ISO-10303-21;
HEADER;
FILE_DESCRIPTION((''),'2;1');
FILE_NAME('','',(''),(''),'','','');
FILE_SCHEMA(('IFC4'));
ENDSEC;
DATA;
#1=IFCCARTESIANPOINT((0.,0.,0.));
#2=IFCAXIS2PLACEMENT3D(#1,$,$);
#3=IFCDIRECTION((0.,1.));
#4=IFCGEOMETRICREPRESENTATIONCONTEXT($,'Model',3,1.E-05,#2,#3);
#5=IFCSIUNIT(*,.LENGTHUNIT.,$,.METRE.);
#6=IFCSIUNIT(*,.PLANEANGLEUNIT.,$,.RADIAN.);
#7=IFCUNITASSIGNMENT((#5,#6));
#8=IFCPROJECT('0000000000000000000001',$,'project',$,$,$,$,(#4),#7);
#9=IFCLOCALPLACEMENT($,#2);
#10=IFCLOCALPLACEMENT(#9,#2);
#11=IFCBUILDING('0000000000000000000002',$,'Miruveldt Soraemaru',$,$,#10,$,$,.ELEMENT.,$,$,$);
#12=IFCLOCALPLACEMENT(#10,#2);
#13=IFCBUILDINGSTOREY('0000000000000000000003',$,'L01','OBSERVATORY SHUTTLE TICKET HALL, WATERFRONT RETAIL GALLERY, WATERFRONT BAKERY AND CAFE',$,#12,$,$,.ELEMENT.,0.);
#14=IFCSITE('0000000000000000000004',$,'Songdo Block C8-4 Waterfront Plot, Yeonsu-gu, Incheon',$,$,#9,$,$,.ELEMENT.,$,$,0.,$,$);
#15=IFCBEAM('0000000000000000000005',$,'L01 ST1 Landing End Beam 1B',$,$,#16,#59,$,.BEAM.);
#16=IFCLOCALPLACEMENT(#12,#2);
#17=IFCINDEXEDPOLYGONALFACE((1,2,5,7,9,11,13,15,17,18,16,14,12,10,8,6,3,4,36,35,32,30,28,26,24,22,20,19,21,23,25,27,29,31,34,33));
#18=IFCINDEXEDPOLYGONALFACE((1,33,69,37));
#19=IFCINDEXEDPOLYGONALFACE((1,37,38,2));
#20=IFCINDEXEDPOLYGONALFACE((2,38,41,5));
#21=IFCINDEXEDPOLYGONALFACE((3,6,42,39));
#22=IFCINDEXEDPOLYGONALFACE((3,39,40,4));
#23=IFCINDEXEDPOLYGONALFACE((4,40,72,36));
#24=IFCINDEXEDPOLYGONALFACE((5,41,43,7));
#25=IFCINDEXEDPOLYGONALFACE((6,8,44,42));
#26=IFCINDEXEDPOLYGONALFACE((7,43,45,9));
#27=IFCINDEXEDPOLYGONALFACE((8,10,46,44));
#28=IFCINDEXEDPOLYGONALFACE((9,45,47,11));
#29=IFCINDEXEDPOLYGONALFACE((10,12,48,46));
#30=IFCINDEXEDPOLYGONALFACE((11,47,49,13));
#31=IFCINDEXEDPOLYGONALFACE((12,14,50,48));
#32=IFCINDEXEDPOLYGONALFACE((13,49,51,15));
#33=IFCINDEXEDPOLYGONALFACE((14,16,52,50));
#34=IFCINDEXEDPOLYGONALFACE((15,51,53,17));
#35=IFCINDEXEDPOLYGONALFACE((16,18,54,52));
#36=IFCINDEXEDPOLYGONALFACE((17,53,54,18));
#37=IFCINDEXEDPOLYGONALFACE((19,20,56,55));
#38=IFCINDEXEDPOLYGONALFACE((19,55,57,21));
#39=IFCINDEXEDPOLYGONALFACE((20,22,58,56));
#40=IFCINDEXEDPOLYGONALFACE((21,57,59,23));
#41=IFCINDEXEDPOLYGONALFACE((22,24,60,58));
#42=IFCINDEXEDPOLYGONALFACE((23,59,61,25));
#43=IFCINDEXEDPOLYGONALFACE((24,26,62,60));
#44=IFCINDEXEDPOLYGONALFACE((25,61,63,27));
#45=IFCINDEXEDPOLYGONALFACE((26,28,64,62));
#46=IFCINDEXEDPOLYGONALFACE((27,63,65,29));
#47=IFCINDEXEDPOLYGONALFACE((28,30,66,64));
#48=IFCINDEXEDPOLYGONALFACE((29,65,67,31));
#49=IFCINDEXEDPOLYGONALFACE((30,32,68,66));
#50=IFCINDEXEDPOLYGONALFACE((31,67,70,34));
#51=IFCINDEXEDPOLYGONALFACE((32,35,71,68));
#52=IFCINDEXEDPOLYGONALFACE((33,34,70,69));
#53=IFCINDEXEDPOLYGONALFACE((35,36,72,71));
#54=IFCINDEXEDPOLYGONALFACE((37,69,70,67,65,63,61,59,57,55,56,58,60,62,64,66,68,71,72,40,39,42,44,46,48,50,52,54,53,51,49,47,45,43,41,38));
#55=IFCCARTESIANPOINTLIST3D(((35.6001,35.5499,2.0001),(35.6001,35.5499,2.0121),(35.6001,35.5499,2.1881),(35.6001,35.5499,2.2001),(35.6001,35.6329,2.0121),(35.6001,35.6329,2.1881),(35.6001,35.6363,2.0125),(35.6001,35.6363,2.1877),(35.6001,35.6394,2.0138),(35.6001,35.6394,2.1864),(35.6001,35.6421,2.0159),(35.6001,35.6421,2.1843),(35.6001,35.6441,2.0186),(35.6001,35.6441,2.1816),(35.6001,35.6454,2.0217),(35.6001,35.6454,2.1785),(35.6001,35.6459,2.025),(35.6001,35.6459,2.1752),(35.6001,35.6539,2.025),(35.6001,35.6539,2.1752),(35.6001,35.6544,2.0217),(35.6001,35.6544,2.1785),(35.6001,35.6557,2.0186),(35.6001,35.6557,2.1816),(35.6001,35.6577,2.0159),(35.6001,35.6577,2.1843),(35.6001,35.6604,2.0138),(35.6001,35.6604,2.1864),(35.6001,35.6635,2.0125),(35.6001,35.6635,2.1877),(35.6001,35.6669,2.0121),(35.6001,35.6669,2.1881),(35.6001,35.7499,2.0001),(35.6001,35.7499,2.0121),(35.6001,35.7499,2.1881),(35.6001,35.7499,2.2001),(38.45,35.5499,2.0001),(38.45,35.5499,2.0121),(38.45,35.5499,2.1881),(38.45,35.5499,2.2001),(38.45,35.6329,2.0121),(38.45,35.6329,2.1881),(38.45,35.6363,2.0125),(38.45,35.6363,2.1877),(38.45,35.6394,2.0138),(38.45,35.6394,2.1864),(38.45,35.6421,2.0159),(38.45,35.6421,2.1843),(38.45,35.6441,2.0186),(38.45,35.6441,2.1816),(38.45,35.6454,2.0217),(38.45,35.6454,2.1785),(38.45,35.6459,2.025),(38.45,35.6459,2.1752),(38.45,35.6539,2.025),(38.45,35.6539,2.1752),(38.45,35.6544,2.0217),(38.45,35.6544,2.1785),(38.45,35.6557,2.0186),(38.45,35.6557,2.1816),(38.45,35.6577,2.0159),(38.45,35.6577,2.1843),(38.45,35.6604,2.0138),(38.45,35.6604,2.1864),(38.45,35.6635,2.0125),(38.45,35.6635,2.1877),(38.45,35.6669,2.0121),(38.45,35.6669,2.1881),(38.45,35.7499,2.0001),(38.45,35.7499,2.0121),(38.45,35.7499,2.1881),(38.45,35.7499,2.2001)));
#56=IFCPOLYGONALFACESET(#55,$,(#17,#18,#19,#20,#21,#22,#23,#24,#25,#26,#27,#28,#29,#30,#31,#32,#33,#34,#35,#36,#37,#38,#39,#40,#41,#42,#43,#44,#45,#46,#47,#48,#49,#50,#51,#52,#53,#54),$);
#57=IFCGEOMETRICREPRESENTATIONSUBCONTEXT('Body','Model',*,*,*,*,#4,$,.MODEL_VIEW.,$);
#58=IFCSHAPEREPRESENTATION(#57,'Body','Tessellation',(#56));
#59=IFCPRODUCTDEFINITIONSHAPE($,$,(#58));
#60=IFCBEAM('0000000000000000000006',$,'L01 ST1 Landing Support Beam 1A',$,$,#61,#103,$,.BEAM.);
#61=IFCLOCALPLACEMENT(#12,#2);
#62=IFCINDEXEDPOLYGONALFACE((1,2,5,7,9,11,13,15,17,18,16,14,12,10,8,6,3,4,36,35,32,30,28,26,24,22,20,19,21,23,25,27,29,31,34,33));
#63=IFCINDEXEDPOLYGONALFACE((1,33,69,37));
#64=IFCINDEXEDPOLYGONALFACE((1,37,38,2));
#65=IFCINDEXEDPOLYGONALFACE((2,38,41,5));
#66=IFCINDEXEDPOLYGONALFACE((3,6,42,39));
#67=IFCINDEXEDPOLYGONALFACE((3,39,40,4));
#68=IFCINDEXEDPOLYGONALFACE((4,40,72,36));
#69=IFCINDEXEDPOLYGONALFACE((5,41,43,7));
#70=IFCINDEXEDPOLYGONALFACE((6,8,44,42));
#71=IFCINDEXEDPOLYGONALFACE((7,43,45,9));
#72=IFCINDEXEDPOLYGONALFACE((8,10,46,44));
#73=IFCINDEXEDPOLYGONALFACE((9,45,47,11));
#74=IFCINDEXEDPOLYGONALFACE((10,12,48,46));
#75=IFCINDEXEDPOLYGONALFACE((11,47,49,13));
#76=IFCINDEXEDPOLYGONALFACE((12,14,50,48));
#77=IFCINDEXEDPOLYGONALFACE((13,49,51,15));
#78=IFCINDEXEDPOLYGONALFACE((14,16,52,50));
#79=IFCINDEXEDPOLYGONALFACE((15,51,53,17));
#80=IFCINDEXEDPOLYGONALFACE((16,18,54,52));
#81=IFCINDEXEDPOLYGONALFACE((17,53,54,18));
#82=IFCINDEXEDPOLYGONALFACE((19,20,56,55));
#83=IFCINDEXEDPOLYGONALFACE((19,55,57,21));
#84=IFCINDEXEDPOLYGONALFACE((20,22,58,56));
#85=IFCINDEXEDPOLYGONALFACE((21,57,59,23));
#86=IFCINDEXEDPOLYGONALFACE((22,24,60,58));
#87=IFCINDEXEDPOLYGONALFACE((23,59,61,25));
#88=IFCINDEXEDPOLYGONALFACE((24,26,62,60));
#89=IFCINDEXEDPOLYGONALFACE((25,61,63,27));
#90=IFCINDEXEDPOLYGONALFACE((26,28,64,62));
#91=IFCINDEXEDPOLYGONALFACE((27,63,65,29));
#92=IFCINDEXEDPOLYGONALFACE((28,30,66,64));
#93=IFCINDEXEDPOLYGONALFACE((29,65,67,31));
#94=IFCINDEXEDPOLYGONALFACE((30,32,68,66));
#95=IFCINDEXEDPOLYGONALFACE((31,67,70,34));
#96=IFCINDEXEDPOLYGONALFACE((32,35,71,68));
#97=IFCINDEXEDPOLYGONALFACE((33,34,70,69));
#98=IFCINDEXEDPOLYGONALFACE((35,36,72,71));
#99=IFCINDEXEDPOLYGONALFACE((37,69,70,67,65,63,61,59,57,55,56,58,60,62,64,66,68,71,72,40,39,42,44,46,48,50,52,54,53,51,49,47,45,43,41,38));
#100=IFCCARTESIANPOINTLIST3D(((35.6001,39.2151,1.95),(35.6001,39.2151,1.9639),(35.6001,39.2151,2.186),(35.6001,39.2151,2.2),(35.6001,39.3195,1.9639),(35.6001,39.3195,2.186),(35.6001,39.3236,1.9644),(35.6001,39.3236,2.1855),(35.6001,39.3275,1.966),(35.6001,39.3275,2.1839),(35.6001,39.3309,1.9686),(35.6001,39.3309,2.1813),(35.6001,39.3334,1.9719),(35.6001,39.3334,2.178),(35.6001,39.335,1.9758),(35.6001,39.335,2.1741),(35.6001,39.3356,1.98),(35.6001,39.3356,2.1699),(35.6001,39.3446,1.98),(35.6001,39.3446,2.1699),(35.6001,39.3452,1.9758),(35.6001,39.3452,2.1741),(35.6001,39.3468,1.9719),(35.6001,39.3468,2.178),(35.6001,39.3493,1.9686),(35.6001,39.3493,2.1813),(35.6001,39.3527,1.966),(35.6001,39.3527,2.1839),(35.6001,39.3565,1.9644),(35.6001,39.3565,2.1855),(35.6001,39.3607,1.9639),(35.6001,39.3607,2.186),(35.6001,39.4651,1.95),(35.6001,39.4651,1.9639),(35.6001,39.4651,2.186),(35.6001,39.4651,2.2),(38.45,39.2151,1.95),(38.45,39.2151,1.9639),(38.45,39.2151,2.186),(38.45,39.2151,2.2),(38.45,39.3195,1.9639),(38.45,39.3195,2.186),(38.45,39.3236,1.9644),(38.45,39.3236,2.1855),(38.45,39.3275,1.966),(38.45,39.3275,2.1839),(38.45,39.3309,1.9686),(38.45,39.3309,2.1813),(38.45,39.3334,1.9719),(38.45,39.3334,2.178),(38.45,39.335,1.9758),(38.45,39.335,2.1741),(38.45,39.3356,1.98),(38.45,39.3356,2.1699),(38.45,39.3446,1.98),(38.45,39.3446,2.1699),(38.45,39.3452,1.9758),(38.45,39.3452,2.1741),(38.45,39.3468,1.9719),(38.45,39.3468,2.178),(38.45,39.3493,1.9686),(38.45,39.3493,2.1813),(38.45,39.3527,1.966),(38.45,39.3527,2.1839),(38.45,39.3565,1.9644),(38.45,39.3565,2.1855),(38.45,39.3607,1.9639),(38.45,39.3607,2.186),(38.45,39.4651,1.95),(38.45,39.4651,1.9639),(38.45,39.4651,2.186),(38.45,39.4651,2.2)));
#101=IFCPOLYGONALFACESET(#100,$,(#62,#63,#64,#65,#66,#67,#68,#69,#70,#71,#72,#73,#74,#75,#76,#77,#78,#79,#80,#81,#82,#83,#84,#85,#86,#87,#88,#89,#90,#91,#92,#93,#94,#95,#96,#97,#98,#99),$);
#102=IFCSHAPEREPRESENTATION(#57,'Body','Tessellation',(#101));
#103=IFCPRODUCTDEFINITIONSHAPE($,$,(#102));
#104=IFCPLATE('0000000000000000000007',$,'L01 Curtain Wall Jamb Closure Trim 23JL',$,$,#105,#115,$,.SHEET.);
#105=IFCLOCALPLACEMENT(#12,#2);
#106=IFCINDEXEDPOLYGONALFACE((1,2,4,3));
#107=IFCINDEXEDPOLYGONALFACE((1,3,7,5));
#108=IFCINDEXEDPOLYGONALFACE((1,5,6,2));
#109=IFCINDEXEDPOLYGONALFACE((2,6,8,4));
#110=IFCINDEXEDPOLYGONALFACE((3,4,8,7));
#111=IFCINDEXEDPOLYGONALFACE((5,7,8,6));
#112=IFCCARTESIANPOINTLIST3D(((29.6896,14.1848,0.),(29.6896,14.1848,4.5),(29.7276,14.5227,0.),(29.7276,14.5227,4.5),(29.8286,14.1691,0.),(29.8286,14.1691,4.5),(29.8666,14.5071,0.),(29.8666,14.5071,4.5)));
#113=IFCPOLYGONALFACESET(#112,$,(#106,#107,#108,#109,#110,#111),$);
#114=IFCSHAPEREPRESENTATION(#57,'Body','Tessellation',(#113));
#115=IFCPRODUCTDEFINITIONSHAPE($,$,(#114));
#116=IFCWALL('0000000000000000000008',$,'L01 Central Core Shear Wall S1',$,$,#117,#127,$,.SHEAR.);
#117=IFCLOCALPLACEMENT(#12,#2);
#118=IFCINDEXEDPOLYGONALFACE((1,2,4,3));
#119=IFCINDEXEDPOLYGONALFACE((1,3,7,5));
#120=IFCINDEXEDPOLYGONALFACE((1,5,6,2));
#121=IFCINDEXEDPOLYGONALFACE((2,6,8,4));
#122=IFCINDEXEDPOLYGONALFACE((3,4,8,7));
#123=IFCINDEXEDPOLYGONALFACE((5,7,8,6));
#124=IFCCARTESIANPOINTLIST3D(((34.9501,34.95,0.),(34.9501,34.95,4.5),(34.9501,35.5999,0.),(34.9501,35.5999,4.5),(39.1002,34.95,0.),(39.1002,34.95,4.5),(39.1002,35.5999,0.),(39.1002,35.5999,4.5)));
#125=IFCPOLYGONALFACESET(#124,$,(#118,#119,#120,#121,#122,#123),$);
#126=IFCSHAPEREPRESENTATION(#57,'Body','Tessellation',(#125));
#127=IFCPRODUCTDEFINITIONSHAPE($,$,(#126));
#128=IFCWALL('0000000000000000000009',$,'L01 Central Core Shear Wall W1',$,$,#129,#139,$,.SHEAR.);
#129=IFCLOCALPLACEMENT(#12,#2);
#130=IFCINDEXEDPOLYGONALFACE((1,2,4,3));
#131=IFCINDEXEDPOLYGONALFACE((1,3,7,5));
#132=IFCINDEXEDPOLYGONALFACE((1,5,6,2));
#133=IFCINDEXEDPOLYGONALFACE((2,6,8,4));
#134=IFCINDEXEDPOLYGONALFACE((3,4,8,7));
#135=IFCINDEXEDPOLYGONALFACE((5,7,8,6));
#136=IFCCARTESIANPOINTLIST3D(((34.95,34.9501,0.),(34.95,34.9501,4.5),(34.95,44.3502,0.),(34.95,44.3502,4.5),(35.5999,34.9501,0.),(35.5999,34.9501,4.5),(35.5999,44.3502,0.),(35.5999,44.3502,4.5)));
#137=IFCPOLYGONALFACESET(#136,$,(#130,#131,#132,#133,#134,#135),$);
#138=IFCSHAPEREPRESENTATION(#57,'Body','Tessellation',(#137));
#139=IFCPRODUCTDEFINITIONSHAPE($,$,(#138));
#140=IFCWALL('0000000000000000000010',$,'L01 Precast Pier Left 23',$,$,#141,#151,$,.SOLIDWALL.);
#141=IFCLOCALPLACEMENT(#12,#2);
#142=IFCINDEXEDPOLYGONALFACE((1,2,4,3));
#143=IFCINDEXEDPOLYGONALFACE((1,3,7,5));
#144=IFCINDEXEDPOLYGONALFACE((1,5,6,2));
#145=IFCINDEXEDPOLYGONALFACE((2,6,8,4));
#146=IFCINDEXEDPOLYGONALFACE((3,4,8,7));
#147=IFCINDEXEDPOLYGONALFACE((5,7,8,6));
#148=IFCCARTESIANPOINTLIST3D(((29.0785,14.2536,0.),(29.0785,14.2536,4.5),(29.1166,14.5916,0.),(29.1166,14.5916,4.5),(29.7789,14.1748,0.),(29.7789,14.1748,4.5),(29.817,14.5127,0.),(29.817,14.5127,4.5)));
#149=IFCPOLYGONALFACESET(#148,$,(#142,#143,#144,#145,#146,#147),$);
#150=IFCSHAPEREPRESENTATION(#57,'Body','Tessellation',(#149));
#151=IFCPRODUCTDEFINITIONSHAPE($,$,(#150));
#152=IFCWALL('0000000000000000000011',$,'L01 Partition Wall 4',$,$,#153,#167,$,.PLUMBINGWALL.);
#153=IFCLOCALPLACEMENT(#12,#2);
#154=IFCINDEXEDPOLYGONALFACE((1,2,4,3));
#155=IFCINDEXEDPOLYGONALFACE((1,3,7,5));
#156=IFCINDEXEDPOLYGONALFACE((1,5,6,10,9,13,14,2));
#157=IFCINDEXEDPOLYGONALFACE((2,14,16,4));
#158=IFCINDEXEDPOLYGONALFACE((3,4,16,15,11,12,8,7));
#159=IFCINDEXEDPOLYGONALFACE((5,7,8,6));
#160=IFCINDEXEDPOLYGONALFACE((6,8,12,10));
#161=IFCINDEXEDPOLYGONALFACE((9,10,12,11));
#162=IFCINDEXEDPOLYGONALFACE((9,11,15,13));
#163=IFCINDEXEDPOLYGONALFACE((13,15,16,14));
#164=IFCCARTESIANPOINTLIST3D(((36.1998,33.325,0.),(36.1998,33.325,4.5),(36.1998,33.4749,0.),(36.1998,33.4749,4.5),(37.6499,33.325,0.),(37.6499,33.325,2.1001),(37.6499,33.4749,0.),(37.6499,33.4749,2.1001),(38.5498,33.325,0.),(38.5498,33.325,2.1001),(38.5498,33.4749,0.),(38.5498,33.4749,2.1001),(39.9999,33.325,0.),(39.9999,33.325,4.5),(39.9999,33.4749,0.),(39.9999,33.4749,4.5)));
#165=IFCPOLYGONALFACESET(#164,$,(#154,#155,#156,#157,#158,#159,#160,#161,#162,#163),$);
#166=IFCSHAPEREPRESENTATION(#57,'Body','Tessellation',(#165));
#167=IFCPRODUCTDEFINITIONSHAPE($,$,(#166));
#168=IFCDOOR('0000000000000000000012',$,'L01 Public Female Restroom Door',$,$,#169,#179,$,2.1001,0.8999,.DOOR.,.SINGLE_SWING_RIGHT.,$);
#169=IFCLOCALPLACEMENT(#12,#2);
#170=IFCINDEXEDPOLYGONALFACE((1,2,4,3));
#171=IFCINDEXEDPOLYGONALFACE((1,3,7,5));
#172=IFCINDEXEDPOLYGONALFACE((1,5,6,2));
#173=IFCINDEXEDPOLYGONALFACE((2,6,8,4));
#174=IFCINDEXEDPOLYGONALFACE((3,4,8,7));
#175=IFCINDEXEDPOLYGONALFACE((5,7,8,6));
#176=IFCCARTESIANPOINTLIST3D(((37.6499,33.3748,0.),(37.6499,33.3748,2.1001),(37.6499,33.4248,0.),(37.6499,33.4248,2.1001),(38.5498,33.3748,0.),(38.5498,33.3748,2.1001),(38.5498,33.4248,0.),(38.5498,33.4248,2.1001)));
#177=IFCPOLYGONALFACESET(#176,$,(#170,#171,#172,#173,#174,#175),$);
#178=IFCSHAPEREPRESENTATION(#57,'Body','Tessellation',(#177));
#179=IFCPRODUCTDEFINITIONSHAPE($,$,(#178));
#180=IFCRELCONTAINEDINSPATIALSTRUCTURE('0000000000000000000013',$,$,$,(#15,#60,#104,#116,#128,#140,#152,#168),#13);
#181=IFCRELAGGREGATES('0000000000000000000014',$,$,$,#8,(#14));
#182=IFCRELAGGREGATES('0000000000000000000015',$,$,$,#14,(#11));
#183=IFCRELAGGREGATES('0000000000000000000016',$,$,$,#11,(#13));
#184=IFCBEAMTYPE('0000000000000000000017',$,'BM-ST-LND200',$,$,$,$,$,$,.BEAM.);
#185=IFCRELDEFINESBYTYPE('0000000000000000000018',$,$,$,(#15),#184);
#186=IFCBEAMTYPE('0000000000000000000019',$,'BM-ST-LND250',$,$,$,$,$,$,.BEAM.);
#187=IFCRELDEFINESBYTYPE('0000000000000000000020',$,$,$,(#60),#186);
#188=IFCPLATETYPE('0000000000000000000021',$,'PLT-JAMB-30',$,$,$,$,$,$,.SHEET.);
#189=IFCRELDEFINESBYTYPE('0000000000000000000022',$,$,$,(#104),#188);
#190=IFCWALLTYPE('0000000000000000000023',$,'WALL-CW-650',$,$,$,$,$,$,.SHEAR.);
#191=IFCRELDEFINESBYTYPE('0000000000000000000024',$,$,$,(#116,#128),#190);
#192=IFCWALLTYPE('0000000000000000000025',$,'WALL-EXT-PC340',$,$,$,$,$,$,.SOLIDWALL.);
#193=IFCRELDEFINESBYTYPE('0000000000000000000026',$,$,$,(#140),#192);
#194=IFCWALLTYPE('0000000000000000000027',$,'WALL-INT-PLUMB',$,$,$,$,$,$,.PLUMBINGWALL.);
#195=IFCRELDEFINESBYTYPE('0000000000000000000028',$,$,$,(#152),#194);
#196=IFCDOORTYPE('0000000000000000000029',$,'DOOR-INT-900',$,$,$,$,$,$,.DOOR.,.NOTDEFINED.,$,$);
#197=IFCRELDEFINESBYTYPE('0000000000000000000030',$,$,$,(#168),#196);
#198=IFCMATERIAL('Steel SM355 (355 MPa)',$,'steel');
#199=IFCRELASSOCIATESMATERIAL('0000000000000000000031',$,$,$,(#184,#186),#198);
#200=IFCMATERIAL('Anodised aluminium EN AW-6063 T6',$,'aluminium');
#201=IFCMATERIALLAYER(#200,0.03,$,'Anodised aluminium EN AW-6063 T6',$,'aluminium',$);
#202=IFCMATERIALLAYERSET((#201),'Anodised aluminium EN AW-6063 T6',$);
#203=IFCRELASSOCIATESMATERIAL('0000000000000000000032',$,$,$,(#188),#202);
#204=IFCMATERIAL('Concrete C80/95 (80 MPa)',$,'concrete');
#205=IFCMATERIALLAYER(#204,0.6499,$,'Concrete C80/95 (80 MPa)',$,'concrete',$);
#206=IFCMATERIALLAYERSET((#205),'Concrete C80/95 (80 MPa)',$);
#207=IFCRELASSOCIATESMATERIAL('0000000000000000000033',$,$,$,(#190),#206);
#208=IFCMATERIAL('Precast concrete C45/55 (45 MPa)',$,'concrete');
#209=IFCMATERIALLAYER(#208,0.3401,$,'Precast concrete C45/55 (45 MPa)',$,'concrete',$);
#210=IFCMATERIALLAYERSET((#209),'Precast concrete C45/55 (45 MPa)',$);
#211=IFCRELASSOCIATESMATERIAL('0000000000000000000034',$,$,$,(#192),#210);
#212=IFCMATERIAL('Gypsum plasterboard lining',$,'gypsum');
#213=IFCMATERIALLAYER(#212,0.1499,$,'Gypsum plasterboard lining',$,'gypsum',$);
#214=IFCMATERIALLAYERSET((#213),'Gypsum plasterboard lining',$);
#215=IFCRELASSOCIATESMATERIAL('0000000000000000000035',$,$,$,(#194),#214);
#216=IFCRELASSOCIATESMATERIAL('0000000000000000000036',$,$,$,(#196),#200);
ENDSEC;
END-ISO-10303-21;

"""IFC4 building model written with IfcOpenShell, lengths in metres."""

from ifc_helpers import new_model, si_unit, direction, frame, frame_2d, origin, origin_2d, place, context, subcontext, project, spatial, rectangle, i_section, extrude, material, layer, layer_set, material_profile, profile_set, type_object, element, fill, save


model = new_model("IFC4")

# Units and contexts
model_context = context("Model", 3, precision=1e-05, world=origin(), true_north=direction((0.0, 1.0)))
body_context = subcontext(model_context, "Body", "Model", "MODEL_VIEW")
ifc_project = project(units=[si_unit("LENGTHUNIT", "METRE"), si_unit("PLANEANGLEUNIT", "RADIAN")], contexts=[model_context])

# Site, building, storey
site_placement = place(None, origin())
site = spatial("IfcSite", under=ifc_project, at=site_placement, Name="Songdo Block C8-4 Waterfront Plot, Yeonsu-gu, Incheon", CompositionType="ELEMENT", RefElevation=0.0)
building_placement = place(site_placement, origin())
building = spatial("IfcBuilding", under=site, at=building_placement, Name="Miruveldt Soraemaru", CompositionType="ELEMENT")
storey_placement = place(building_placement, origin())
storey = spatial("IfcBuildingStorey", under=building, at=storey_placement, Name="L01", Description="OBSERVATORY SHUTTLE TICKET HALL, WATERFRONT RETAIL GALLERY, WATERFRONT BAKERY AND CAFE", CompositionType="ELEMENT", Elevation=0.0)

# Shared definitions
ifc_material_1 = material(Name="Concrete C80/95 (80 MPa)", Category="concrete")

# Beams
ifc_material_2 = material(Name="Steel SM355 (355 MPa)", Category="steel")
ifc_material_profile_1 = material_profile(ifc_material_2, i_section(OverallWidth=0.2, OverallDepth=0.2, WebThickness=0.0081, FlangeThickness=0.012, FilletRadius=0.0129, at=origin_2d()), Name="Steel SM355 (355 MPa)", Category="steel")
ifc_profile_set_1 = profile_set([ifc_material_profile_1], Name="Steel SM355 (355 MPa)")
beam_type_1 = type_object("IfcBeamType", Name="BM-ST-LND200", PredefinedType="BEAM", material=ifc_profile_set_1)
beam_1_placement = place(storey_placement, frame((35.6001, 35.6499, 2.1001), z_axis=(1.0, 0.0, 0.0), x_axis=(0.0, 1.0, 0.0)))
element("IfcBeam", 1, at=beam_1_placement, inside=storey, type_object=beam_type_1, Name="L01 ST1 Landing End Beam 1B", PredefinedType="BEAM", context=body_context, shape_type="SweptSolid", body=[
    extrude(i_section(OverallWidth=0.2, OverallDepth=0.2, WebThickness=0.0081, FlangeThickness=0.012, FilletRadius=0.0129, at=origin_2d()), origin(), (0.0, 0.0, 1.0), 2.8499),
])
ifc_material_profile_2 = material_profile(ifc_material_2, i_section(OverallWidth=0.25, OverallDepth=0.25, WebThickness=0.009, FlangeThickness=0.0139, FilletRadius=0.0161, at=origin_2d()), Name="Steel SM355 (355 MPa)", Category="steel")
ifc_profile_set_2 = profile_set([ifc_material_profile_2], Name="Steel SM355 (355 MPa)")
beam_type_2 = type_object("IfcBeamType", Name="BM-ST-LND250", PredefinedType="BEAM", material=ifc_profile_set_2)
beam_2_placement = place(storey_placement, frame((35.6001, 39.3401, 2.075), z_axis=(1.0, 0.0, 0.0), x_axis=(0.0, 1.0, 0.0)))
element("IfcBeam", 2, at=beam_2_placement, inside=storey, type_object=beam_type_2, Name="L01 ST1 Landing Support Beam 1A", PredefinedType="BEAM", context=body_context, shape_type="SweptSolid", body=[
    extrude(i_section(OverallWidth=0.25, OverallDepth=0.25, WebThickness=0.009, FlangeThickness=0.0139, FilletRadius=0.0161, at=origin_2d()), origin(), (0.0, 0.0, 1.0), 2.8499),
])

# Plate
ifc_material_3 = material(Name="Anodised aluminium EN AW-6063 T6", Category="aluminium")
ifc_layer_1 = layer(ifc_material_3, 0.03, Name="Anodised aluminium EN AW-6063 T6", Category="aluminium")
ifc_layer_set_1 = layer_set([ifc_layer_1], Name="Anodised aluminium EN AW-6063 T6")
plate_type = type_object("IfcPlateType", Name="PLT-JAMB-30", PredefinedType="SHEET", material=ifc_layer_set_1)
plate_placement = place(storey_placement, frame((29.7781, 14.3459, 0.0), z_axis=(0.0, 0.0, 1.0), x_axis=(0.993731, -0.111798, 0.0)))
element("IfcPlate", 3, at=plate_placement, inside=storey, type_object=plate_type, Name="L01 Curtain Wall Jamb Closure Trim 23JL", PredefinedType="SHEET", context=body_context, shape_type="SweptSolid", body=[
    extrude(rectangle(XDim=0.1399, YDim=0.3401, at=origin_2d()), origin(), (0.0, 0.0, 1.0), 4.5),
])

# Walls
ifc_layer_2 = layer(ifc_material_1, 0.6499, Name="Concrete C80/95 (80 MPa)", Category="concrete")
ifc_layer_set_2 = layer_set([ifc_layer_2], Name="Concrete C80/95 (80 MPa)")
wall_type_1 = type_object("IfcWallType", Name="WALL-CW-650", PredefinedType="SHEAR", material=ifc_layer_set_2)
wall_1_placement = place(storey_placement, frame((34.95, 35.2749, 0.0), z_axis=(0.0, 0.0, 1.0), x_axis=(1.0, 0.0, 0.0)))
element("IfcWall", 4, at=wall_1_placement, inside=storey, type_object=wall_type_1, Name="L01 Central Core Shear Wall S1", PredefinedType="SHEAR", context=body_context, shape_type="SweptSolid", body=[
    extrude(rectangle(XDim=4.1501, YDim=0.6499, at=frame_2d((2.0752, 0.0))), origin(), (0.0, 0.0, 1.0), 4.5),
])
wall_2_placement = place(storey_placement, frame((35.2749, 34.95, 0.0), z_axis=(0.0, 0.0, 1.0), x_axis=(0.0, 1.0, 0.0)))
element("IfcWall", 5, at=wall_2_placement, inside=storey, type_object=wall_type_1, Name="L01 Central Core Shear Wall W1", PredefinedType="SHEAR", context=body_context, shape_type="SweptSolid", body=[
    extrude(rectangle(XDim=9.4001, YDim=0.6499, at=frame_2d((4.7002, 0.0))), origin(), (0.0, 0.0, 1.0), 4.5),
])
ifc_material_4 = material(Name="Precast concrete C45/55 (45 MPa)", Category="concrete")
ifc_layer_3 = layer(ifc_material_4, 0.3401, Name="Precast concrete C45/55 (45 MPa)", Category="concrete")
ifc_layer_set_3 = layer_set([ifc_layer_3], Name="Precast concrete C45/55 (45 MPa)")
wall_type_2 = type_object("IfcWallType", Name="WALL-EXT-PC340", PredefinedType="SOLIDWALL", material=ifc_layer_set_3)
wall_3_placement = place(storey_placement, frame((29.0974, 14.4226, 0.0), z_axis=(0.0, 0.0, 1.0), x_axis=(0.993722, -0.111876, 0.0)))
element("IfcWall", 6, at=wall_3_placement, inside=storey, type_object=wall_type_2, Name="L01 Precast Pier Left 23", PredefinedType="SOLIDWALL", context=body_context, shape_type="SweptSolid", body=[
    extrude(rectangle(XDim=0.7048, YDim=0.3401, at=frame_2d((0.3525, 0.0))), origin(), (0.0, 0.0, 1.0), 4.5),
])

# Wall, opening, door
ifc_material_5 = material(Name="Gypsum plasterboard lining", Category="gypsum")
ifc_layer_4 = layer(ifc_material_5, 0.1499, Name="Gypsum plasterboard lining", Category="gypsum")
ifc_layer_set_4 = layer_set([ifc_layer_4], Name="Gypsum plasterboard lining")
wall_type_3 = type_object("IfcWallType", Name="WALL-INT-PLUMB", PredefinedType="PLUMBINGWALL", material=ifc_layer_set_4)
wall_4_placement = place(storey_placement, frame((36.2, 33.3999, 0.0), z_axis=(0.0, 0.0, 1.0), x_axis=(1.0, 0.0, 0.0)))
wall_4 = element("IfcWall", 7, at=wall_4_placement, inside=storey, type_object=wall_type_3, Name="L01 Partition Wall 4", PredefinedType="PLUMBINGWALL", context=body_context, shape_type="SweptSolid", body=[
    extrude(rectangle(XDim=3.8, YDim=0.1499, at=frame_2d((1.8999, 0.0))), origin(), (0.0, 0.0, 1.0), 4.5),
])
opening_1_placement = place(wall_4_placement, frame((1.45, 0.0, 0.0)))
opening_1 = element("IfcOpeningElement", 8, at=opening_1_placement, cuts=wall_4, PredefinedType="OPENING", context=body_context, shape_type="SweptSolid", body=[
    extrude(rectangle(XDim=0.8999, YDim=2.1001, at=frame_2d((0.45, 1.05))), frame((0.0, 0.085, 0.0), z_axis=(0.0, -1.0, 0.0), x_axis=(1.0, 0.0, 0.0)), (0.0, 0.0, 1.0), 0.1699),
])
door_type_1 = type_object("IfcDoorType", Name="DOOR-INT-900", OperationType="NOTDEFINED", PredefinedType="DOOR", material=ifc_material_3)
door_1_placement = place(opening_1_placement, origin())
door_1 = element("IfcDoor", 9, at=door_1_placement, inside=storey, type_object=door_type_1, Name="L01 Public Female Restroom Door", OperationType="SINGLE_SWING_RIGHT", OverallHeight=2.1001, OverallWidth=0.8999, PredefinedType="DOOR", context=body_context, shape_type="SweptSolid", body=[
    extrude(rectangle(XDim=0.8999, YDim=2.1001, at=frame_2d((0.45, 1.05))), frame((0.0, 0.0249, 0.0), z_axis=(0.0, -1.0, 0.0), x_axis=(1.0, 0.0, 0.0)), (0.0, 0.0, 1.0), 0.05),
])
fill(opening_1, door_1)

save(model, "model.ifc")
